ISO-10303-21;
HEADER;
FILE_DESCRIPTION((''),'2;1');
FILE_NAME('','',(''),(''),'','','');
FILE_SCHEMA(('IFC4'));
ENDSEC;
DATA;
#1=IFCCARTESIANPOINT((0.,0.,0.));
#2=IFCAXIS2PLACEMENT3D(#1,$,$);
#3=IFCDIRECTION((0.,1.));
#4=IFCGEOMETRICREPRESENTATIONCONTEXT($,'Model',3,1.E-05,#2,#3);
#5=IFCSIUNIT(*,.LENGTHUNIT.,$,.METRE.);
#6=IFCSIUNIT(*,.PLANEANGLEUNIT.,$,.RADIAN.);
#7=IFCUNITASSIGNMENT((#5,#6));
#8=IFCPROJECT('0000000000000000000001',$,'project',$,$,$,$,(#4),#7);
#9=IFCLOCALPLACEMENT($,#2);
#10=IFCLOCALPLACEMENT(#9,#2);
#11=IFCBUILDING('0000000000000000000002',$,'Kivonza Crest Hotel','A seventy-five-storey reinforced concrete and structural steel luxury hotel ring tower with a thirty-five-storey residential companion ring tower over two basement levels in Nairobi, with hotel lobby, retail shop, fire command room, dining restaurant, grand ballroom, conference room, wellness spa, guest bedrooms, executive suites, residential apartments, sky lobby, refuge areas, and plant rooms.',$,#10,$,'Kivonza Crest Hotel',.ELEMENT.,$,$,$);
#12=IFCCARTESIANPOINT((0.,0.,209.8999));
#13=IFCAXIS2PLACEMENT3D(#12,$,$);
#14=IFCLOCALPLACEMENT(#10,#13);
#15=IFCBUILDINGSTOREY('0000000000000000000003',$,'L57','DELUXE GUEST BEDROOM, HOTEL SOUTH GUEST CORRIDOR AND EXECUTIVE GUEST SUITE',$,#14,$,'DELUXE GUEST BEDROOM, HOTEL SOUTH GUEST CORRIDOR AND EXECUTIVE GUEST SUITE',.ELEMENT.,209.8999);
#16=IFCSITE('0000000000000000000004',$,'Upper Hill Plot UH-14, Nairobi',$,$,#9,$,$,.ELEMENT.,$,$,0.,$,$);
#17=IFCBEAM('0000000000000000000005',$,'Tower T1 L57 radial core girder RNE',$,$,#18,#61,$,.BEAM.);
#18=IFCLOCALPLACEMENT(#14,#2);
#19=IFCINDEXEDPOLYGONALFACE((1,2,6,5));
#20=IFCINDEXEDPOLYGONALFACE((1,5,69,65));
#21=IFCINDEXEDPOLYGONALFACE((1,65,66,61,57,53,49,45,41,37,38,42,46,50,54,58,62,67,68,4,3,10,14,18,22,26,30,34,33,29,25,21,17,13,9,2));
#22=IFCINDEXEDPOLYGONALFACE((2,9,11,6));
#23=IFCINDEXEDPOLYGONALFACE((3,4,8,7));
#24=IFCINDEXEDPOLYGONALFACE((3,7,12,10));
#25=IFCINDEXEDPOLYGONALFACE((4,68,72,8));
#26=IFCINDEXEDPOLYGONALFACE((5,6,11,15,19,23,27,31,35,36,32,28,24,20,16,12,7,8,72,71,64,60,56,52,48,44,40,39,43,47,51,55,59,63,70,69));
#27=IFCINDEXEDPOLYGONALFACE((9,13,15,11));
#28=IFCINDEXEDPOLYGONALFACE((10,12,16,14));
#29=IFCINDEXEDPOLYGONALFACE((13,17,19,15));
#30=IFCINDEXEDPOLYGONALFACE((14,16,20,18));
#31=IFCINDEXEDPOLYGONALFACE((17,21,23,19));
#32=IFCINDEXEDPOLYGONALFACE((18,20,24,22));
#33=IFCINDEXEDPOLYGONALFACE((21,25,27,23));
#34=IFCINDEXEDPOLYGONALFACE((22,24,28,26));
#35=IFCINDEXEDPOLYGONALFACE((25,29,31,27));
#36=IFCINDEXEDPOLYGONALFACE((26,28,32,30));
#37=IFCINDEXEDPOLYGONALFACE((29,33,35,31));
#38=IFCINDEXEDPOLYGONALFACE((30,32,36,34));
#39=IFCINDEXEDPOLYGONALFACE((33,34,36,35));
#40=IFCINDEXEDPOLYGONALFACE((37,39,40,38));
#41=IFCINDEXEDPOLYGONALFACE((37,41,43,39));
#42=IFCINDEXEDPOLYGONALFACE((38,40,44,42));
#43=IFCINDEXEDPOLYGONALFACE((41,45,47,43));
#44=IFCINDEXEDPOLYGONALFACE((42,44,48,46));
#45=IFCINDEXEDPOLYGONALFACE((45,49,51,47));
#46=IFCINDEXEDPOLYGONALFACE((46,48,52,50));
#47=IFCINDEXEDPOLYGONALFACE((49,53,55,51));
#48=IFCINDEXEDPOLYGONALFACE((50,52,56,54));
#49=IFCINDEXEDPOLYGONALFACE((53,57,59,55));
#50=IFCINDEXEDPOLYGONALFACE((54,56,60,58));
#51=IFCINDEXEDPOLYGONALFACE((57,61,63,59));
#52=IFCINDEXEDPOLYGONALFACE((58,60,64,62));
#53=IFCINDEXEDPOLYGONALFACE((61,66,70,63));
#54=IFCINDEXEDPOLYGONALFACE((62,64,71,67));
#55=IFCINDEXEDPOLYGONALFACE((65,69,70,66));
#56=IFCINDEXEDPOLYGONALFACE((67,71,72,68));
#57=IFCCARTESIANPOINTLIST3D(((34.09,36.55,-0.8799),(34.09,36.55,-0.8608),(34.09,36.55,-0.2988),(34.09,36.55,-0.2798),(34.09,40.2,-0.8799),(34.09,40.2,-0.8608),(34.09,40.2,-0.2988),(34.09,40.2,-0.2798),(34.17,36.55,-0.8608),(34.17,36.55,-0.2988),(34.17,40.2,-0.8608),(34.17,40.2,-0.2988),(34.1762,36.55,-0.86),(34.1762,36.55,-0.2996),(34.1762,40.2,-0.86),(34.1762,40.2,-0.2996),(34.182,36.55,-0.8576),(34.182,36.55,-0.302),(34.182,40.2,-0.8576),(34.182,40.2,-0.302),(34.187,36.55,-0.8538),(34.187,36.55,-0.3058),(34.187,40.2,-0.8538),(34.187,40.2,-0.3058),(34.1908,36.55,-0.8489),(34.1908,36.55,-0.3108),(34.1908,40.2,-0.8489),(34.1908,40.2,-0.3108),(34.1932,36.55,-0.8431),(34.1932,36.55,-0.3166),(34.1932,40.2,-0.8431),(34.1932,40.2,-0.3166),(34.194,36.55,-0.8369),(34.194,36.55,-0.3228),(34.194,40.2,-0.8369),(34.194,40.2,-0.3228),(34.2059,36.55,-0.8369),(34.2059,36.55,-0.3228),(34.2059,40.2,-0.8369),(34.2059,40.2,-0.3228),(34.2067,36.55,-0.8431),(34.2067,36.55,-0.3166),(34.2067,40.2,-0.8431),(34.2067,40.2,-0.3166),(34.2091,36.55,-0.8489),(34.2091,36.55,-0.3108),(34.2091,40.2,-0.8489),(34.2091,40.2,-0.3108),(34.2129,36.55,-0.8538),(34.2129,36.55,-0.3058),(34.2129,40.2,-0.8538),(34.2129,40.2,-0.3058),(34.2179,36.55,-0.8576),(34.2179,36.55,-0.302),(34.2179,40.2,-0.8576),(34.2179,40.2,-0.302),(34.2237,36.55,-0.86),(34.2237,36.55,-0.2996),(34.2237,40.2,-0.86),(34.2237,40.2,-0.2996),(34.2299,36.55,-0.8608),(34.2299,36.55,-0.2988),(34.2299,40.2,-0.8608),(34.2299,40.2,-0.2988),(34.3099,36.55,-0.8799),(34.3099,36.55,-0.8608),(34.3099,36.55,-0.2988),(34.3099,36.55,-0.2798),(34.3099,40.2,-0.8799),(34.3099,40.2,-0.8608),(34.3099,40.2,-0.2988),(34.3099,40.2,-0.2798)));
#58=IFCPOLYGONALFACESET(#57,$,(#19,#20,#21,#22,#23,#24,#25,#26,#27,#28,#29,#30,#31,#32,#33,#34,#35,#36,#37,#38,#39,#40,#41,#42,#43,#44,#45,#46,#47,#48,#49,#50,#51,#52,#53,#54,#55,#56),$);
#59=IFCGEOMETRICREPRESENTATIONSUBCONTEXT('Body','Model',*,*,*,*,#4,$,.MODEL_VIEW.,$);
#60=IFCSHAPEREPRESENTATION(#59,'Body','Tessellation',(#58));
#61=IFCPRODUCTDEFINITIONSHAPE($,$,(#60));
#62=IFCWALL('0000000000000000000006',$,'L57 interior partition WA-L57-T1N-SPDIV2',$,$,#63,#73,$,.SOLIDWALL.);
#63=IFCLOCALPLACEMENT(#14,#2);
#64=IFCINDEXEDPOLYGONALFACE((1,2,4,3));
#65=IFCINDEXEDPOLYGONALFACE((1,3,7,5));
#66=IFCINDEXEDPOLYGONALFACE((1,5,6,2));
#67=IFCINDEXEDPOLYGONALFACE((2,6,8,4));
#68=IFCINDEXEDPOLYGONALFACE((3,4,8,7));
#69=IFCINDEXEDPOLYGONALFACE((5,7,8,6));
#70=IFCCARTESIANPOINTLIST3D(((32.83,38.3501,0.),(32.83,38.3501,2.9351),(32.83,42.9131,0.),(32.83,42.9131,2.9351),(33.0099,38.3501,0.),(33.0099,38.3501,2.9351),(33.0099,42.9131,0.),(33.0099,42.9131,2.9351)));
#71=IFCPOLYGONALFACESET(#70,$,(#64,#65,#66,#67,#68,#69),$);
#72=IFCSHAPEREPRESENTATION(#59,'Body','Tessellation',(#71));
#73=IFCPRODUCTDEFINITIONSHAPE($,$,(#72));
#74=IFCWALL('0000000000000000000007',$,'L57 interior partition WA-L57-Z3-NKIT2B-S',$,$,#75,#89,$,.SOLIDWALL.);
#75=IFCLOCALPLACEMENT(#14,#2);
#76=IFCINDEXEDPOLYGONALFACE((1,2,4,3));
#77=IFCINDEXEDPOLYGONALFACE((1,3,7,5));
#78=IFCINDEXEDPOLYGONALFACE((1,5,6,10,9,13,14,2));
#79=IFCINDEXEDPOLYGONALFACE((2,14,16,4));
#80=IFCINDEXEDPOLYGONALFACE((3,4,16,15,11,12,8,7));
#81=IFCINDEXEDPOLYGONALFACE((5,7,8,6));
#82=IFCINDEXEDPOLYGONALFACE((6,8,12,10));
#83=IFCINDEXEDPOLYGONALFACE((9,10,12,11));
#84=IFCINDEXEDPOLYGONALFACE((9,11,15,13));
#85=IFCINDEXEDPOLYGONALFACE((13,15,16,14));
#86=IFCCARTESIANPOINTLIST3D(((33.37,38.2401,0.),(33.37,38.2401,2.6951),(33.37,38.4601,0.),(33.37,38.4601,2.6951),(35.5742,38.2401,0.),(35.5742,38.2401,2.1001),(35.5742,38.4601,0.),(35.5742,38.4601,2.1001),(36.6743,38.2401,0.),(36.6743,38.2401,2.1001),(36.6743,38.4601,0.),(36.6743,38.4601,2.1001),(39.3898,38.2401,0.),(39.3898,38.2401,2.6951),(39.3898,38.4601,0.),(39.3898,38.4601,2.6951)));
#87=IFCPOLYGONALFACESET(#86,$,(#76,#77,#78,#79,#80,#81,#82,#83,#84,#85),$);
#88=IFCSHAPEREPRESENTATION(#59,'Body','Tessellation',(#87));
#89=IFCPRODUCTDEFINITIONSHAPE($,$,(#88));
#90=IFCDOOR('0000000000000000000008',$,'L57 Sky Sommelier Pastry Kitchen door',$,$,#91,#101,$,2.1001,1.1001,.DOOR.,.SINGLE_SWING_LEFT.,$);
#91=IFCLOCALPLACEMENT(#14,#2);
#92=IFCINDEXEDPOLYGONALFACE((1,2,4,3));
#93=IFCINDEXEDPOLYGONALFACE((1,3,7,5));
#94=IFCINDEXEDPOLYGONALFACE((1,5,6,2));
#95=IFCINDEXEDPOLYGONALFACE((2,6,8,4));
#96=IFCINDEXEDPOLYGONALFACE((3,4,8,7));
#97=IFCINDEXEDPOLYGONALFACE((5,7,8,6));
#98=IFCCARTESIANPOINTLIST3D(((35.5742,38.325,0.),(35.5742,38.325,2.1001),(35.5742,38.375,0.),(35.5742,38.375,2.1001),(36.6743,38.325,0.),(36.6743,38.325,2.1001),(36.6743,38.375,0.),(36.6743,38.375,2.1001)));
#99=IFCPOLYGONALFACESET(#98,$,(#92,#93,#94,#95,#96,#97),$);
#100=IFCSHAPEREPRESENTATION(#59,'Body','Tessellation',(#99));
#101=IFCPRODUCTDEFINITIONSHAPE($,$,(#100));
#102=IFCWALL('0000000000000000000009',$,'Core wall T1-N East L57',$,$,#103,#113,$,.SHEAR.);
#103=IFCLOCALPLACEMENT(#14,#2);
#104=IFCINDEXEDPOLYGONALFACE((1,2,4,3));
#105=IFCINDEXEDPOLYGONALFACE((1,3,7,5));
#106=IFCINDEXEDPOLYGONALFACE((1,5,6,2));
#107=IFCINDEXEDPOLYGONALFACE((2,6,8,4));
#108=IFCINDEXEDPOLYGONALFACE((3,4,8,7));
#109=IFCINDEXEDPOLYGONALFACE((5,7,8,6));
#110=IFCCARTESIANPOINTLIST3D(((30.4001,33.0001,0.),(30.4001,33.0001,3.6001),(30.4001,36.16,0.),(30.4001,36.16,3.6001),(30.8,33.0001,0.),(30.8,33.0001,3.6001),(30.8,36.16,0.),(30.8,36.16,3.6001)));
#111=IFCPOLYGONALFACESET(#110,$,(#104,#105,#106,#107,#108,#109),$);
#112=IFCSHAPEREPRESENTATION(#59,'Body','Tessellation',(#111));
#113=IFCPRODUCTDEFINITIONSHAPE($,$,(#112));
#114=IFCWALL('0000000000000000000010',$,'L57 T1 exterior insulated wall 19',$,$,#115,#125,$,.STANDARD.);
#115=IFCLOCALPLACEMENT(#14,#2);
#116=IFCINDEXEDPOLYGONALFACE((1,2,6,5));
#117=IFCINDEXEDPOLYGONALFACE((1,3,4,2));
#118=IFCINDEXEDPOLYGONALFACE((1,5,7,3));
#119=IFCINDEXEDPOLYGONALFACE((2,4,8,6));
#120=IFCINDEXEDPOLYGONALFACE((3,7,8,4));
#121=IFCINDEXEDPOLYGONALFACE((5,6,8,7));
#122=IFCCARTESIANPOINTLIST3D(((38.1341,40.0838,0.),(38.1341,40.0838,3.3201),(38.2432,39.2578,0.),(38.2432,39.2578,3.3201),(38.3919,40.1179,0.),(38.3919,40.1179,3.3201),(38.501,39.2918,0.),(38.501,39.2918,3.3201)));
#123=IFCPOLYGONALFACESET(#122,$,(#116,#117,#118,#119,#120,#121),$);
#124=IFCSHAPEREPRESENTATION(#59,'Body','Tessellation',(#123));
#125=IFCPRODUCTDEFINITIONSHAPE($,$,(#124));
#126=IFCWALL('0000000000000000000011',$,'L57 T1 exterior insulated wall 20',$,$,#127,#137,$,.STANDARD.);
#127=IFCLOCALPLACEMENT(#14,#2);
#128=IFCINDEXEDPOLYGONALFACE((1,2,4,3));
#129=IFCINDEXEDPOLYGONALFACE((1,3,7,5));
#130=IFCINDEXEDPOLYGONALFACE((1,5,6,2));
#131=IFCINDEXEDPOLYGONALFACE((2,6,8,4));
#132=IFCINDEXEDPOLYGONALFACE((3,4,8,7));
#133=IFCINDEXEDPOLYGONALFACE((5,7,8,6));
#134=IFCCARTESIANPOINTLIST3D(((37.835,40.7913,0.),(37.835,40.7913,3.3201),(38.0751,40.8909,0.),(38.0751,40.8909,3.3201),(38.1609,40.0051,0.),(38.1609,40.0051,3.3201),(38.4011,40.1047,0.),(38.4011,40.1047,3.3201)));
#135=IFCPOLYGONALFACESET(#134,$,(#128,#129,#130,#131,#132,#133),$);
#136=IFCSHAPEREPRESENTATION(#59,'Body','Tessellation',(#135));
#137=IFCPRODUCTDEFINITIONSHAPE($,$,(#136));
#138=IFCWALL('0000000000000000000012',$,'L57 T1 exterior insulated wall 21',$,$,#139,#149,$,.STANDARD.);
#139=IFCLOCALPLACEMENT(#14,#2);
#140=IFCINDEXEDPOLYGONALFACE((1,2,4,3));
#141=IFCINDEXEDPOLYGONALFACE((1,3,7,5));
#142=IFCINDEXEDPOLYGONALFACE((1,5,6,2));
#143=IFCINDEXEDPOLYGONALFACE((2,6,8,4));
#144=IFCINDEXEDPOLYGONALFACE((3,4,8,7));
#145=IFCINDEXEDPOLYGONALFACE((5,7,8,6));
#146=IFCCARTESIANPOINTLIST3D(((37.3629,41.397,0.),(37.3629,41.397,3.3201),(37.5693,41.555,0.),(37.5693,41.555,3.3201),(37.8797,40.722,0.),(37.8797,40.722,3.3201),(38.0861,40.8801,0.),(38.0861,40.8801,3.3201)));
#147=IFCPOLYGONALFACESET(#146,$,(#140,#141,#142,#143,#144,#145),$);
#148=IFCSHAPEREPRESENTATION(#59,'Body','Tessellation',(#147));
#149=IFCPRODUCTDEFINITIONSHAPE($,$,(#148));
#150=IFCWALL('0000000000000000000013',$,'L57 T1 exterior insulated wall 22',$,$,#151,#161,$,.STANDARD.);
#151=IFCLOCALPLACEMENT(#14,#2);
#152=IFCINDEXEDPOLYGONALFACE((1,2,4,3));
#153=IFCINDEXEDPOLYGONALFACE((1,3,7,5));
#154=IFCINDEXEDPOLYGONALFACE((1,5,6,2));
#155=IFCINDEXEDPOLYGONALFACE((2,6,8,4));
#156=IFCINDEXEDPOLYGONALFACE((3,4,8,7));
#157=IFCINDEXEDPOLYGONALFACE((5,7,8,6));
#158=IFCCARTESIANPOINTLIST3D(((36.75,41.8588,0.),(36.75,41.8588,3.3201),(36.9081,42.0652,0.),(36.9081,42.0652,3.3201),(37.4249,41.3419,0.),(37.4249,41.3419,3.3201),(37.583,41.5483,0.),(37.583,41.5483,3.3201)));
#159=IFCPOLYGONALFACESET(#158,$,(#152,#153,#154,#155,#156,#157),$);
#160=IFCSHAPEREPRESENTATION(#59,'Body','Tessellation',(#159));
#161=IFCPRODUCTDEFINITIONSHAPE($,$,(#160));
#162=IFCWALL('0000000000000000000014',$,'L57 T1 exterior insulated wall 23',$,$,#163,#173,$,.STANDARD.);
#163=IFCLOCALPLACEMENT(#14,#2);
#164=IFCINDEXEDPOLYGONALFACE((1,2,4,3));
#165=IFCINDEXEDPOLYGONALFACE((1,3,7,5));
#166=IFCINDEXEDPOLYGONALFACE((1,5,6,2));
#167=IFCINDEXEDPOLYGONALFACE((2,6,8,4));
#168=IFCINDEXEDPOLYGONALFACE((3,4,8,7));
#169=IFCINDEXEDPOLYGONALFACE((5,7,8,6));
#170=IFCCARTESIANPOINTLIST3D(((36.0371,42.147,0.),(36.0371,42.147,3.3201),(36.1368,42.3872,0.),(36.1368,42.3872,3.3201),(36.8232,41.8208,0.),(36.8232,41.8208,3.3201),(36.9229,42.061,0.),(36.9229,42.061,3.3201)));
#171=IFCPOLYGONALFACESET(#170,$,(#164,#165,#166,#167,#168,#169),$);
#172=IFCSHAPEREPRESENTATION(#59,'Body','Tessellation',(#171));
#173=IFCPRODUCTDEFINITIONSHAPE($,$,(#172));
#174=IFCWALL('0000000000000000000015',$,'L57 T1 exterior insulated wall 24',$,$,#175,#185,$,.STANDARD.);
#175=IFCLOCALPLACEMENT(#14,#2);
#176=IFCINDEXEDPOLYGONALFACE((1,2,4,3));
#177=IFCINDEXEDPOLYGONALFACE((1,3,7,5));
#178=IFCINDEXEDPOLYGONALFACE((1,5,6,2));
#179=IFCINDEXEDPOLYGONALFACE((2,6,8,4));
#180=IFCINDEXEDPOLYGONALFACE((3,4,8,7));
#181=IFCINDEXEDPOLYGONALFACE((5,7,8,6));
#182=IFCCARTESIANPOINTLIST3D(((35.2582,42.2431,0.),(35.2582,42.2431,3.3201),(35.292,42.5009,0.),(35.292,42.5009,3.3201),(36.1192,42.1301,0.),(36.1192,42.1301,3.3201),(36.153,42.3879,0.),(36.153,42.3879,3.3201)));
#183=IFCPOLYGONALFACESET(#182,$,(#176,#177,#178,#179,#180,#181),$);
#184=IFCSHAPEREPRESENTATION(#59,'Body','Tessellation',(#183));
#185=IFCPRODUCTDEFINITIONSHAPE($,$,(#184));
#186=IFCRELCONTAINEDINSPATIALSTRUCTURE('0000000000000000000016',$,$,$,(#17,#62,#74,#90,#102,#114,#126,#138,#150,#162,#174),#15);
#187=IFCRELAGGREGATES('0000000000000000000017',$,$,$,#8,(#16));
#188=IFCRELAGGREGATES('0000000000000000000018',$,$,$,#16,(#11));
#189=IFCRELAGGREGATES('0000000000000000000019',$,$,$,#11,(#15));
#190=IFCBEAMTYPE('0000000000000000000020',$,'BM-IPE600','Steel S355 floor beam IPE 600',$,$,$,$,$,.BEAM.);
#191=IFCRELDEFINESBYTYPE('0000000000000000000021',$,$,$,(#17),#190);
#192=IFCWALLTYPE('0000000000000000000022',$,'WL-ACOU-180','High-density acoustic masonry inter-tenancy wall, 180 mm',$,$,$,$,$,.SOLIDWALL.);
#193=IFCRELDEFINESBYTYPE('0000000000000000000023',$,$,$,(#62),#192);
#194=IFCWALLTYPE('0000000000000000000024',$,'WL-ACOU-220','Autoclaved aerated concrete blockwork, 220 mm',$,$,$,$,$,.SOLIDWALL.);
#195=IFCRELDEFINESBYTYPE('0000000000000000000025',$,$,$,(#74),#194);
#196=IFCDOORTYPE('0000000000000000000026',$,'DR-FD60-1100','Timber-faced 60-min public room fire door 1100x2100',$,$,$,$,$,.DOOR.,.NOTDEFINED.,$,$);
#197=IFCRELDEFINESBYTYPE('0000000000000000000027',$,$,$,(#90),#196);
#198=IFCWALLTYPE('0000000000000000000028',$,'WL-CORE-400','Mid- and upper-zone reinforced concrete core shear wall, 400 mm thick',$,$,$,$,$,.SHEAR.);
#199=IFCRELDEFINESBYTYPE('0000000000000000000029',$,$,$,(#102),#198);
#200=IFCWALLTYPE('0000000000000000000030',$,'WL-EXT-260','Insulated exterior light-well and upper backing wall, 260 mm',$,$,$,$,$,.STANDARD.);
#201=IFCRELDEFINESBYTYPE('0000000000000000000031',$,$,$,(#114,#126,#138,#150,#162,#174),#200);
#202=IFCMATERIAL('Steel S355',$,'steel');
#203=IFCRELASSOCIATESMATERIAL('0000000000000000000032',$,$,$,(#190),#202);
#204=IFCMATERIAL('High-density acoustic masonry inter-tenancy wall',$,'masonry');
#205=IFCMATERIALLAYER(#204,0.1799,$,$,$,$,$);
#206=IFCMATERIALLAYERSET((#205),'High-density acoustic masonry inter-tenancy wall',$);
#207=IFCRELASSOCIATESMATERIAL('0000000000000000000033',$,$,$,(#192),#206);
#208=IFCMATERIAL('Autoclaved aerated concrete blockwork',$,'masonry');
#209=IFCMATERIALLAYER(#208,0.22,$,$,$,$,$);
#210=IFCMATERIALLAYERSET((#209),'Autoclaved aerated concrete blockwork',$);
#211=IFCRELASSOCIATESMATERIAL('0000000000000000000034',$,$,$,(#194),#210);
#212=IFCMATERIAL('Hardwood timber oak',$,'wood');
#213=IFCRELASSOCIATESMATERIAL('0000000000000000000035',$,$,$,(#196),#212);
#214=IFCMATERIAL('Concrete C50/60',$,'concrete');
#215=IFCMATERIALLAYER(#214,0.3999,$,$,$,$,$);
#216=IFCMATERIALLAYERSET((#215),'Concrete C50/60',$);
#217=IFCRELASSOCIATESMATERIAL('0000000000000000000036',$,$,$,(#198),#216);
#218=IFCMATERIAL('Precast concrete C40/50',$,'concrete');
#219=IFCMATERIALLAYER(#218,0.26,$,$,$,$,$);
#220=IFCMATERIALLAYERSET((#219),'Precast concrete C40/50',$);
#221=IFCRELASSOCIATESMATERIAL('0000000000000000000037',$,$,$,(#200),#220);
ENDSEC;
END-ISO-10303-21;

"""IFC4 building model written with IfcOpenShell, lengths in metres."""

from ifc_helpers import new_model, si_unit, direction, frame, frame_2d, origin, origin_2d, place, context, subcontext, project, spatial, rectangle, i_section, extrude, material, layer, layer_set, material_profile, profile_set, type_object, element, fill, save


model = new_model("IFC4")

# Units and contexts
model_context = context("Model", 3, precision=1e-05, world=origin(), true_north=direction((0.0, 1.0)))
body_context = subcontext(model_context, "Body", "Model", "MODEL_VIEW")
ifc_project = project(units=[si_unit("LENGTHUNIT", "METRE"), si_unit("PLANEANGLEUNIT", "RADIAN")], contexts=[model_context])

# Site, building, storey
site_placement = place(None, origin())
site = spatial("IfcSite", under=ifc_project, at=site_placement, Name="Upper Hill Plot UH-14, Nairobi", CompositionType="ELEMENT", RefElevation=0.0)
building_placement = place(site_placement, origin())
building = spatial("IfcBuilding", under=site, at=building_placement, Name="Kivonza Crest Hotel", Description="A seventy-five-storey reinforced concrete and structural steel luxury hotel ring tower with a thirty-five-storey residential companion ring tower over two basement levels in Nairobi, with hotel lobby, retail shop, fire command room, dining restaurant, grand ballroom, conference room, wellness spa, guest bedrooms, executive suites, residential apartments, sky lobby, refuge areas, and plant rooms.", LongName="Kivonza Crest Hotel", CompositionType="ELEMENT")
storey_placement = place(building_placement, frame((0.0, 0.0, 209.8999)))
storey = spatial("IfcBuildingStorey", under=building, at=storey_placement, Name="L57", Description="DELUXE GUEST BEDROOM, HOTEL SOUTH GUEST CORRIDOR AND EXECUTIVE GUEST SUITE", LongName="DELUXE GUEST BEDROOM, HOTEL SOUTH GUEST CORRIDOR AND EXECUTIVE GUEST SUITE", CompositionType="ELEMENT", Elevation=209.8999)

# Shared definitions
ifc_material_1 = material(Name="Concrete C50/60", Category="concrete")

# Beam
ifc_material_2 = material(Name="Steel S355", Category="steel")
ifc_material_profile_1 = material_profile(ifc_material_2, i_section(OverallWidth=0.22, OverallDepth=0.6001, WebThickness=0.012, FlangeThickness=0.019, FilletRadius=0.0239, at=origin_2d()), Name="IPE 600")
ifc_profile_set_1 = profile_set([ifc_material_profile_1], Name="Steel S355")
beam_type_1 = type_object("IfcBeamType", Name="BM-IPE600", Description="Steel S355 floor beam IPE 600", PredefinedType="BEAM", material=ifc_profile_set_1)
beam_1_placement = place(storey_placement, frame((34.2, 40.2, -0.5798), z_axis=(0.0, -1.0, 0.0), x_axis=(1.0, 0.0, 0.0)))
element("IfcBeam", 1, at=beam_1_placement, inside=storey, type_object=beam_type_1, Name="Tower T1 L57 radial core girder RNE", PredefinedType="BEAM", context=body_context, shape_type="SweptSolid", body=[
    extrude(i_section(OverallWidth=0.22, OverallDepth=0.6001, WebThickness=0.012, FlangeThickness=0.019, FilletRadius=0.0239, at=origin_2d()), origin(), (0.0, 0.0, 1.0), 3.6499),
])

# Wall
ifc_material_3 = material(Name="High-density acoustic masonry inter-tenancy wall", Category="masonry")
ifc_layer_1 = layer(ifc_material_3, 0.1799)
ifc_layer_set_1 = layer_set([ifc_layer_1], Name="High-density acoustic masonry inter-tenancy wall")
wall_type_1 = type_object("IfcWallType", Name="WL-ACOU-180", Description="High-density acoustic masonry inter-tenancy wall, 180 mm", PredefinedType="SOLIDWALL", material=ifc_layer_set_1)
wall_1_placement = place(storey_placement, frame((32.9199, 38.3501, 0.0), z_axis=(0.0, 0.0, 1.0), x_axis=(0.0, 1.0, 0.0)))
element("IfcWall", 2, at=wall_1_placement, inside=storey, type_object=wall_type_1, Name="L57 interior partition WA-L57-T1N-SPDIV2", PredefinedType="SOLIDWALL", context=body_context, shape_type="SweptSolid", body=[
    extrude(rectangle(XDim=4.563, YDim=0.1799, at=frame_2d((2.2815, 0.0))), origin(), (0.0, 0.0, 1.0), 2.9351),
])

# Wall, opening, door
ifc_material_4 = material(Name="Autoclaved aerated concrete blockwork", Category="masonry")
ifc_layer_2 = layer(ifc_material_4, 0.22)
ifc_layer_set_2 = layer_set([ifc_layer_2], Name="Autoclaved aerated concrete blockwork")
wall_type_2 = type_object("IfcWallType", Name="WL-ACOU-220", Description="Autoclaved aerated concrete blockwork, 220 mm", PredefinedType="SOLIDWALL", material=ifc_layer_set_2)
wall_2_placement = place(storey_placement, frame((33.3701, 38.3501, 0.0), z_axis=(0.0, 0.0, 1.0), x_axis=(1.0, 0.0, 0.0)))
wall_2 = element("IfcWall", 3, at=wall_2_placement, inside=storey, type_object=wall_type_2, Name="L57 interior partition WA-L57-Z3-NKIT2B-S", PredefinedType="SOLIDWALL", context=body_context, shape_type="SweptSolid", body=[
    extrude(rectangle(XDim=6.0198, YDim=0.22, at=frame_2d((3.0098, 0.0))), origin(), (0.0, 0.0, 1.0), 2.6951),
])
opening_1_placement = place(wall_2_placement, frame((2.2041, 0.0, 0.0)))
opening_1 = element("IfcOpeningElement", 4, at=opening_1_placement, cuts=wall_2, PredefinedType="OPENING", context=body_context, shape_type="SweptSolid", body=[
    extrude(rectangle(XDim=1.1001, YDim=2.1001, at=frame_2d((0.55, 1.05))), frame((0.0, 0.1201, 0.0), z_axis=(0.0, -1.0, 0.0), x_axis=(1.0, 0.0, 0.0)), (0.0, 0.0, 1.0), 0.24),
])
ifc_material_5 = material(Name="Hardwood timber oak", Category="wood")
door_type = type_object("IfcDoorType", Name="DR-FD60-1100", Description="Timber-faced 60-min public room fire door 1100x2100", OperationType="NOTDEFINED", PredefinedType="DOOR", material=ifc_material_5)
door_placement = place(opening_1_placement, origin())
door = element("IfcDoor", 5, at=door_placement, inside=storey, type_object=door_type, Name="L57 Sky Sommelier Pastry Kitchen door", OperationType="SINGLE_SWING_LEFT", OverallHeight=2.1001, OverallWidth=1.1001, PredefinedType="DOOR", context=body_context, shape_type="SweptSolid", body=[
    extrude(rectangle(XDim=1.1001, YDim=2.1001, at=frame_2d((0.55, 1.05))), frame((0.0, 0.0249, 0.0), z_axis=(0.0, -1.0, 0.0), x_axis=(1.0, 0.0, 0.0)), (0.0, 0.0, 1.0), 0.05),
])
fill(opening_1, door)

# Walls
ifc_layer_3 = layer(ifc_material_1, 0.3999)
ifc_layer_set_3 = layer_set([ifc_layer_3], Name="Concrete C50/60")
wall_type_3 = type_object("IfcWallType", Name="WL-CORE-400", Description="Mid- and upper-zone reinforced concrete core shear wall, 400 mm thick", PredefinedType="SHEAR", material=ifc_layer_set_3)
wall_3_placement = place(storey_placement, frame((30.6001, 33.0, 0.0), z_axis=(0.0, 0.0, 1.0), x_axis=(0.0, 1.0, 0.0)))
element("IfcWall", 6, at=wall_3_placement, inside=storey, type_object=wall_type_3, Name="Core wall T1-N East L57", PredefinedType="SHEAR", context=body_context, shape_type="SweptSolid", body=[
    extrude(rectangle(XDim=3.1599, YDim=0.3999, at=frame_2d((1.5801, 0.0))), origin(), (0.0, 0.0, 1.0), 3.6001),
])
ifc_material_6 = material(Name="Precast concrete C40/50", Category="concrete")
ifc_layer_4 = layer(ifc_material_6, 0.26)
ifc_layer_set_4 = layer_set([ifc_layer_4], Name="Precast concrete C40/50")
wall_type_4 = type_object("IfcWallType", Name="WL-EXT-260", Description="Insulated exterior light-well and upper backing wall, 260 mm", PredefinedType="STANDARD", material=ifc_layer_set_4)
wall_4_placement = place(storey_placement, frame((38.3721, 39.2749, 0.0), z_axis=(0.0, 0.0, 1.0), x_axis=(-0.130955, 0.991388, 0.0)))
element("IfcWall", 7, at=wall_4_placement, inside=storey, type_object=wall_type_4, Name="L57 T1 exterior insulated wall 19", PredefinedType="STANDARD", context=body_context, shape_type="SweptSolid", body=[
    extrude(rectangle(XDim=0.8333, YDim=0.26, at=frame_2d((0.4165, 0.0))), origin(), (0.0, 0.0, 1.0), 3.3201),
])
wall_5_placement = place(storey_placement, frame((38.281, 40.0549, 0.0), z_axis=(0.0, 0.0, 1.0), x_axis=(-0.382985, 0.923754, 0.0)))
element("IfcWall", 8, at=wall_5_placement, inside=storey, type_object=wall_type_4, Name="L57 T1 exterior insulated wall 20", PredefinedType="STANDARD", context=body_context, shape_type="SweptSolid", body=[
    extrude(rectangle(XDim=0.8511, YDim=0.26, at=frame_2d((0.4255, 0.0))), origin(), (0.0, 0.0, 1.0), 3.3201),
])
for number, where, z_axis, x_axis, name in (
    (9, (37.9829, 40.801, 0.0), (0.0, 0.0, 1.0), (-0.607919, 0.793999, 0.0), "L57 T1 exterior insulated wall 21"),
    (10, (37.5039, 41.4451, 0.0), (0.0, 0.0, 1.0), (-0.793893, 0.608058, 0.0), "L57 T1 exterior insulated wall 22"),
):
    element("IfcWall", number, at=place(storey_placement, frame(where, z_axis=z_axis, x_axis=x_axis)), inside=storey, type_object=wall_type_4, Name=name, PredefinedType="STANDARD", context=body_context, shape_type="SweptSolid", body=[
        extrude(rectangle(XDim=0.8501, YDim=0.26, at=frame_2d((0.425, 0.0))), origin(), (0.0, 0.0, 1.0), 3.3201),
    ])
wall_6_placement = place(storey_placement, frame((36.873, 41.9409, 0.0), z_axis=(0.0, 0.0, 1.0), x_axis=(-0.923653, 0.38323, 0.0)))
element("IfcWall", 11, at=wall_6_placement, inside=storey, type_object=wall_type_4, Name="L57 T1 exterior insulated wall 23", PredefinedType="STANDARD", context=body_context, shape_type="SweptSolid", body=[
    extrude(rectangle(XDim=0.8511, YDim=0.26, at=frame_2d((0.4255, 0.0))), origin(), (0.0, 0.0, 1.0), 3.3201),
])
wall_7_placement = place(storey_placement, frame((36.136, 42.259, 0.0), z_axis=(0.0, 0.0, 1.0), x_axis=(-0.991493, 0.130156, 0.0)))
element("IfcWall", 12, at=wall_7_placement, inside=storey, type_object=wall_type_4, Name="L57 T1 exterior insulated wall 24", PredefinedType="STANDARD", context=body_context, shape_type="SweptSolid", body=[
    extrude(rectangle(XDim=0.8684, YDim=0.26, at=frame_2d((0.4341, 0.0))), origin(), (0.0, 0.0, 1.0), 3.3201),
])

save(model, "model.ifc")
